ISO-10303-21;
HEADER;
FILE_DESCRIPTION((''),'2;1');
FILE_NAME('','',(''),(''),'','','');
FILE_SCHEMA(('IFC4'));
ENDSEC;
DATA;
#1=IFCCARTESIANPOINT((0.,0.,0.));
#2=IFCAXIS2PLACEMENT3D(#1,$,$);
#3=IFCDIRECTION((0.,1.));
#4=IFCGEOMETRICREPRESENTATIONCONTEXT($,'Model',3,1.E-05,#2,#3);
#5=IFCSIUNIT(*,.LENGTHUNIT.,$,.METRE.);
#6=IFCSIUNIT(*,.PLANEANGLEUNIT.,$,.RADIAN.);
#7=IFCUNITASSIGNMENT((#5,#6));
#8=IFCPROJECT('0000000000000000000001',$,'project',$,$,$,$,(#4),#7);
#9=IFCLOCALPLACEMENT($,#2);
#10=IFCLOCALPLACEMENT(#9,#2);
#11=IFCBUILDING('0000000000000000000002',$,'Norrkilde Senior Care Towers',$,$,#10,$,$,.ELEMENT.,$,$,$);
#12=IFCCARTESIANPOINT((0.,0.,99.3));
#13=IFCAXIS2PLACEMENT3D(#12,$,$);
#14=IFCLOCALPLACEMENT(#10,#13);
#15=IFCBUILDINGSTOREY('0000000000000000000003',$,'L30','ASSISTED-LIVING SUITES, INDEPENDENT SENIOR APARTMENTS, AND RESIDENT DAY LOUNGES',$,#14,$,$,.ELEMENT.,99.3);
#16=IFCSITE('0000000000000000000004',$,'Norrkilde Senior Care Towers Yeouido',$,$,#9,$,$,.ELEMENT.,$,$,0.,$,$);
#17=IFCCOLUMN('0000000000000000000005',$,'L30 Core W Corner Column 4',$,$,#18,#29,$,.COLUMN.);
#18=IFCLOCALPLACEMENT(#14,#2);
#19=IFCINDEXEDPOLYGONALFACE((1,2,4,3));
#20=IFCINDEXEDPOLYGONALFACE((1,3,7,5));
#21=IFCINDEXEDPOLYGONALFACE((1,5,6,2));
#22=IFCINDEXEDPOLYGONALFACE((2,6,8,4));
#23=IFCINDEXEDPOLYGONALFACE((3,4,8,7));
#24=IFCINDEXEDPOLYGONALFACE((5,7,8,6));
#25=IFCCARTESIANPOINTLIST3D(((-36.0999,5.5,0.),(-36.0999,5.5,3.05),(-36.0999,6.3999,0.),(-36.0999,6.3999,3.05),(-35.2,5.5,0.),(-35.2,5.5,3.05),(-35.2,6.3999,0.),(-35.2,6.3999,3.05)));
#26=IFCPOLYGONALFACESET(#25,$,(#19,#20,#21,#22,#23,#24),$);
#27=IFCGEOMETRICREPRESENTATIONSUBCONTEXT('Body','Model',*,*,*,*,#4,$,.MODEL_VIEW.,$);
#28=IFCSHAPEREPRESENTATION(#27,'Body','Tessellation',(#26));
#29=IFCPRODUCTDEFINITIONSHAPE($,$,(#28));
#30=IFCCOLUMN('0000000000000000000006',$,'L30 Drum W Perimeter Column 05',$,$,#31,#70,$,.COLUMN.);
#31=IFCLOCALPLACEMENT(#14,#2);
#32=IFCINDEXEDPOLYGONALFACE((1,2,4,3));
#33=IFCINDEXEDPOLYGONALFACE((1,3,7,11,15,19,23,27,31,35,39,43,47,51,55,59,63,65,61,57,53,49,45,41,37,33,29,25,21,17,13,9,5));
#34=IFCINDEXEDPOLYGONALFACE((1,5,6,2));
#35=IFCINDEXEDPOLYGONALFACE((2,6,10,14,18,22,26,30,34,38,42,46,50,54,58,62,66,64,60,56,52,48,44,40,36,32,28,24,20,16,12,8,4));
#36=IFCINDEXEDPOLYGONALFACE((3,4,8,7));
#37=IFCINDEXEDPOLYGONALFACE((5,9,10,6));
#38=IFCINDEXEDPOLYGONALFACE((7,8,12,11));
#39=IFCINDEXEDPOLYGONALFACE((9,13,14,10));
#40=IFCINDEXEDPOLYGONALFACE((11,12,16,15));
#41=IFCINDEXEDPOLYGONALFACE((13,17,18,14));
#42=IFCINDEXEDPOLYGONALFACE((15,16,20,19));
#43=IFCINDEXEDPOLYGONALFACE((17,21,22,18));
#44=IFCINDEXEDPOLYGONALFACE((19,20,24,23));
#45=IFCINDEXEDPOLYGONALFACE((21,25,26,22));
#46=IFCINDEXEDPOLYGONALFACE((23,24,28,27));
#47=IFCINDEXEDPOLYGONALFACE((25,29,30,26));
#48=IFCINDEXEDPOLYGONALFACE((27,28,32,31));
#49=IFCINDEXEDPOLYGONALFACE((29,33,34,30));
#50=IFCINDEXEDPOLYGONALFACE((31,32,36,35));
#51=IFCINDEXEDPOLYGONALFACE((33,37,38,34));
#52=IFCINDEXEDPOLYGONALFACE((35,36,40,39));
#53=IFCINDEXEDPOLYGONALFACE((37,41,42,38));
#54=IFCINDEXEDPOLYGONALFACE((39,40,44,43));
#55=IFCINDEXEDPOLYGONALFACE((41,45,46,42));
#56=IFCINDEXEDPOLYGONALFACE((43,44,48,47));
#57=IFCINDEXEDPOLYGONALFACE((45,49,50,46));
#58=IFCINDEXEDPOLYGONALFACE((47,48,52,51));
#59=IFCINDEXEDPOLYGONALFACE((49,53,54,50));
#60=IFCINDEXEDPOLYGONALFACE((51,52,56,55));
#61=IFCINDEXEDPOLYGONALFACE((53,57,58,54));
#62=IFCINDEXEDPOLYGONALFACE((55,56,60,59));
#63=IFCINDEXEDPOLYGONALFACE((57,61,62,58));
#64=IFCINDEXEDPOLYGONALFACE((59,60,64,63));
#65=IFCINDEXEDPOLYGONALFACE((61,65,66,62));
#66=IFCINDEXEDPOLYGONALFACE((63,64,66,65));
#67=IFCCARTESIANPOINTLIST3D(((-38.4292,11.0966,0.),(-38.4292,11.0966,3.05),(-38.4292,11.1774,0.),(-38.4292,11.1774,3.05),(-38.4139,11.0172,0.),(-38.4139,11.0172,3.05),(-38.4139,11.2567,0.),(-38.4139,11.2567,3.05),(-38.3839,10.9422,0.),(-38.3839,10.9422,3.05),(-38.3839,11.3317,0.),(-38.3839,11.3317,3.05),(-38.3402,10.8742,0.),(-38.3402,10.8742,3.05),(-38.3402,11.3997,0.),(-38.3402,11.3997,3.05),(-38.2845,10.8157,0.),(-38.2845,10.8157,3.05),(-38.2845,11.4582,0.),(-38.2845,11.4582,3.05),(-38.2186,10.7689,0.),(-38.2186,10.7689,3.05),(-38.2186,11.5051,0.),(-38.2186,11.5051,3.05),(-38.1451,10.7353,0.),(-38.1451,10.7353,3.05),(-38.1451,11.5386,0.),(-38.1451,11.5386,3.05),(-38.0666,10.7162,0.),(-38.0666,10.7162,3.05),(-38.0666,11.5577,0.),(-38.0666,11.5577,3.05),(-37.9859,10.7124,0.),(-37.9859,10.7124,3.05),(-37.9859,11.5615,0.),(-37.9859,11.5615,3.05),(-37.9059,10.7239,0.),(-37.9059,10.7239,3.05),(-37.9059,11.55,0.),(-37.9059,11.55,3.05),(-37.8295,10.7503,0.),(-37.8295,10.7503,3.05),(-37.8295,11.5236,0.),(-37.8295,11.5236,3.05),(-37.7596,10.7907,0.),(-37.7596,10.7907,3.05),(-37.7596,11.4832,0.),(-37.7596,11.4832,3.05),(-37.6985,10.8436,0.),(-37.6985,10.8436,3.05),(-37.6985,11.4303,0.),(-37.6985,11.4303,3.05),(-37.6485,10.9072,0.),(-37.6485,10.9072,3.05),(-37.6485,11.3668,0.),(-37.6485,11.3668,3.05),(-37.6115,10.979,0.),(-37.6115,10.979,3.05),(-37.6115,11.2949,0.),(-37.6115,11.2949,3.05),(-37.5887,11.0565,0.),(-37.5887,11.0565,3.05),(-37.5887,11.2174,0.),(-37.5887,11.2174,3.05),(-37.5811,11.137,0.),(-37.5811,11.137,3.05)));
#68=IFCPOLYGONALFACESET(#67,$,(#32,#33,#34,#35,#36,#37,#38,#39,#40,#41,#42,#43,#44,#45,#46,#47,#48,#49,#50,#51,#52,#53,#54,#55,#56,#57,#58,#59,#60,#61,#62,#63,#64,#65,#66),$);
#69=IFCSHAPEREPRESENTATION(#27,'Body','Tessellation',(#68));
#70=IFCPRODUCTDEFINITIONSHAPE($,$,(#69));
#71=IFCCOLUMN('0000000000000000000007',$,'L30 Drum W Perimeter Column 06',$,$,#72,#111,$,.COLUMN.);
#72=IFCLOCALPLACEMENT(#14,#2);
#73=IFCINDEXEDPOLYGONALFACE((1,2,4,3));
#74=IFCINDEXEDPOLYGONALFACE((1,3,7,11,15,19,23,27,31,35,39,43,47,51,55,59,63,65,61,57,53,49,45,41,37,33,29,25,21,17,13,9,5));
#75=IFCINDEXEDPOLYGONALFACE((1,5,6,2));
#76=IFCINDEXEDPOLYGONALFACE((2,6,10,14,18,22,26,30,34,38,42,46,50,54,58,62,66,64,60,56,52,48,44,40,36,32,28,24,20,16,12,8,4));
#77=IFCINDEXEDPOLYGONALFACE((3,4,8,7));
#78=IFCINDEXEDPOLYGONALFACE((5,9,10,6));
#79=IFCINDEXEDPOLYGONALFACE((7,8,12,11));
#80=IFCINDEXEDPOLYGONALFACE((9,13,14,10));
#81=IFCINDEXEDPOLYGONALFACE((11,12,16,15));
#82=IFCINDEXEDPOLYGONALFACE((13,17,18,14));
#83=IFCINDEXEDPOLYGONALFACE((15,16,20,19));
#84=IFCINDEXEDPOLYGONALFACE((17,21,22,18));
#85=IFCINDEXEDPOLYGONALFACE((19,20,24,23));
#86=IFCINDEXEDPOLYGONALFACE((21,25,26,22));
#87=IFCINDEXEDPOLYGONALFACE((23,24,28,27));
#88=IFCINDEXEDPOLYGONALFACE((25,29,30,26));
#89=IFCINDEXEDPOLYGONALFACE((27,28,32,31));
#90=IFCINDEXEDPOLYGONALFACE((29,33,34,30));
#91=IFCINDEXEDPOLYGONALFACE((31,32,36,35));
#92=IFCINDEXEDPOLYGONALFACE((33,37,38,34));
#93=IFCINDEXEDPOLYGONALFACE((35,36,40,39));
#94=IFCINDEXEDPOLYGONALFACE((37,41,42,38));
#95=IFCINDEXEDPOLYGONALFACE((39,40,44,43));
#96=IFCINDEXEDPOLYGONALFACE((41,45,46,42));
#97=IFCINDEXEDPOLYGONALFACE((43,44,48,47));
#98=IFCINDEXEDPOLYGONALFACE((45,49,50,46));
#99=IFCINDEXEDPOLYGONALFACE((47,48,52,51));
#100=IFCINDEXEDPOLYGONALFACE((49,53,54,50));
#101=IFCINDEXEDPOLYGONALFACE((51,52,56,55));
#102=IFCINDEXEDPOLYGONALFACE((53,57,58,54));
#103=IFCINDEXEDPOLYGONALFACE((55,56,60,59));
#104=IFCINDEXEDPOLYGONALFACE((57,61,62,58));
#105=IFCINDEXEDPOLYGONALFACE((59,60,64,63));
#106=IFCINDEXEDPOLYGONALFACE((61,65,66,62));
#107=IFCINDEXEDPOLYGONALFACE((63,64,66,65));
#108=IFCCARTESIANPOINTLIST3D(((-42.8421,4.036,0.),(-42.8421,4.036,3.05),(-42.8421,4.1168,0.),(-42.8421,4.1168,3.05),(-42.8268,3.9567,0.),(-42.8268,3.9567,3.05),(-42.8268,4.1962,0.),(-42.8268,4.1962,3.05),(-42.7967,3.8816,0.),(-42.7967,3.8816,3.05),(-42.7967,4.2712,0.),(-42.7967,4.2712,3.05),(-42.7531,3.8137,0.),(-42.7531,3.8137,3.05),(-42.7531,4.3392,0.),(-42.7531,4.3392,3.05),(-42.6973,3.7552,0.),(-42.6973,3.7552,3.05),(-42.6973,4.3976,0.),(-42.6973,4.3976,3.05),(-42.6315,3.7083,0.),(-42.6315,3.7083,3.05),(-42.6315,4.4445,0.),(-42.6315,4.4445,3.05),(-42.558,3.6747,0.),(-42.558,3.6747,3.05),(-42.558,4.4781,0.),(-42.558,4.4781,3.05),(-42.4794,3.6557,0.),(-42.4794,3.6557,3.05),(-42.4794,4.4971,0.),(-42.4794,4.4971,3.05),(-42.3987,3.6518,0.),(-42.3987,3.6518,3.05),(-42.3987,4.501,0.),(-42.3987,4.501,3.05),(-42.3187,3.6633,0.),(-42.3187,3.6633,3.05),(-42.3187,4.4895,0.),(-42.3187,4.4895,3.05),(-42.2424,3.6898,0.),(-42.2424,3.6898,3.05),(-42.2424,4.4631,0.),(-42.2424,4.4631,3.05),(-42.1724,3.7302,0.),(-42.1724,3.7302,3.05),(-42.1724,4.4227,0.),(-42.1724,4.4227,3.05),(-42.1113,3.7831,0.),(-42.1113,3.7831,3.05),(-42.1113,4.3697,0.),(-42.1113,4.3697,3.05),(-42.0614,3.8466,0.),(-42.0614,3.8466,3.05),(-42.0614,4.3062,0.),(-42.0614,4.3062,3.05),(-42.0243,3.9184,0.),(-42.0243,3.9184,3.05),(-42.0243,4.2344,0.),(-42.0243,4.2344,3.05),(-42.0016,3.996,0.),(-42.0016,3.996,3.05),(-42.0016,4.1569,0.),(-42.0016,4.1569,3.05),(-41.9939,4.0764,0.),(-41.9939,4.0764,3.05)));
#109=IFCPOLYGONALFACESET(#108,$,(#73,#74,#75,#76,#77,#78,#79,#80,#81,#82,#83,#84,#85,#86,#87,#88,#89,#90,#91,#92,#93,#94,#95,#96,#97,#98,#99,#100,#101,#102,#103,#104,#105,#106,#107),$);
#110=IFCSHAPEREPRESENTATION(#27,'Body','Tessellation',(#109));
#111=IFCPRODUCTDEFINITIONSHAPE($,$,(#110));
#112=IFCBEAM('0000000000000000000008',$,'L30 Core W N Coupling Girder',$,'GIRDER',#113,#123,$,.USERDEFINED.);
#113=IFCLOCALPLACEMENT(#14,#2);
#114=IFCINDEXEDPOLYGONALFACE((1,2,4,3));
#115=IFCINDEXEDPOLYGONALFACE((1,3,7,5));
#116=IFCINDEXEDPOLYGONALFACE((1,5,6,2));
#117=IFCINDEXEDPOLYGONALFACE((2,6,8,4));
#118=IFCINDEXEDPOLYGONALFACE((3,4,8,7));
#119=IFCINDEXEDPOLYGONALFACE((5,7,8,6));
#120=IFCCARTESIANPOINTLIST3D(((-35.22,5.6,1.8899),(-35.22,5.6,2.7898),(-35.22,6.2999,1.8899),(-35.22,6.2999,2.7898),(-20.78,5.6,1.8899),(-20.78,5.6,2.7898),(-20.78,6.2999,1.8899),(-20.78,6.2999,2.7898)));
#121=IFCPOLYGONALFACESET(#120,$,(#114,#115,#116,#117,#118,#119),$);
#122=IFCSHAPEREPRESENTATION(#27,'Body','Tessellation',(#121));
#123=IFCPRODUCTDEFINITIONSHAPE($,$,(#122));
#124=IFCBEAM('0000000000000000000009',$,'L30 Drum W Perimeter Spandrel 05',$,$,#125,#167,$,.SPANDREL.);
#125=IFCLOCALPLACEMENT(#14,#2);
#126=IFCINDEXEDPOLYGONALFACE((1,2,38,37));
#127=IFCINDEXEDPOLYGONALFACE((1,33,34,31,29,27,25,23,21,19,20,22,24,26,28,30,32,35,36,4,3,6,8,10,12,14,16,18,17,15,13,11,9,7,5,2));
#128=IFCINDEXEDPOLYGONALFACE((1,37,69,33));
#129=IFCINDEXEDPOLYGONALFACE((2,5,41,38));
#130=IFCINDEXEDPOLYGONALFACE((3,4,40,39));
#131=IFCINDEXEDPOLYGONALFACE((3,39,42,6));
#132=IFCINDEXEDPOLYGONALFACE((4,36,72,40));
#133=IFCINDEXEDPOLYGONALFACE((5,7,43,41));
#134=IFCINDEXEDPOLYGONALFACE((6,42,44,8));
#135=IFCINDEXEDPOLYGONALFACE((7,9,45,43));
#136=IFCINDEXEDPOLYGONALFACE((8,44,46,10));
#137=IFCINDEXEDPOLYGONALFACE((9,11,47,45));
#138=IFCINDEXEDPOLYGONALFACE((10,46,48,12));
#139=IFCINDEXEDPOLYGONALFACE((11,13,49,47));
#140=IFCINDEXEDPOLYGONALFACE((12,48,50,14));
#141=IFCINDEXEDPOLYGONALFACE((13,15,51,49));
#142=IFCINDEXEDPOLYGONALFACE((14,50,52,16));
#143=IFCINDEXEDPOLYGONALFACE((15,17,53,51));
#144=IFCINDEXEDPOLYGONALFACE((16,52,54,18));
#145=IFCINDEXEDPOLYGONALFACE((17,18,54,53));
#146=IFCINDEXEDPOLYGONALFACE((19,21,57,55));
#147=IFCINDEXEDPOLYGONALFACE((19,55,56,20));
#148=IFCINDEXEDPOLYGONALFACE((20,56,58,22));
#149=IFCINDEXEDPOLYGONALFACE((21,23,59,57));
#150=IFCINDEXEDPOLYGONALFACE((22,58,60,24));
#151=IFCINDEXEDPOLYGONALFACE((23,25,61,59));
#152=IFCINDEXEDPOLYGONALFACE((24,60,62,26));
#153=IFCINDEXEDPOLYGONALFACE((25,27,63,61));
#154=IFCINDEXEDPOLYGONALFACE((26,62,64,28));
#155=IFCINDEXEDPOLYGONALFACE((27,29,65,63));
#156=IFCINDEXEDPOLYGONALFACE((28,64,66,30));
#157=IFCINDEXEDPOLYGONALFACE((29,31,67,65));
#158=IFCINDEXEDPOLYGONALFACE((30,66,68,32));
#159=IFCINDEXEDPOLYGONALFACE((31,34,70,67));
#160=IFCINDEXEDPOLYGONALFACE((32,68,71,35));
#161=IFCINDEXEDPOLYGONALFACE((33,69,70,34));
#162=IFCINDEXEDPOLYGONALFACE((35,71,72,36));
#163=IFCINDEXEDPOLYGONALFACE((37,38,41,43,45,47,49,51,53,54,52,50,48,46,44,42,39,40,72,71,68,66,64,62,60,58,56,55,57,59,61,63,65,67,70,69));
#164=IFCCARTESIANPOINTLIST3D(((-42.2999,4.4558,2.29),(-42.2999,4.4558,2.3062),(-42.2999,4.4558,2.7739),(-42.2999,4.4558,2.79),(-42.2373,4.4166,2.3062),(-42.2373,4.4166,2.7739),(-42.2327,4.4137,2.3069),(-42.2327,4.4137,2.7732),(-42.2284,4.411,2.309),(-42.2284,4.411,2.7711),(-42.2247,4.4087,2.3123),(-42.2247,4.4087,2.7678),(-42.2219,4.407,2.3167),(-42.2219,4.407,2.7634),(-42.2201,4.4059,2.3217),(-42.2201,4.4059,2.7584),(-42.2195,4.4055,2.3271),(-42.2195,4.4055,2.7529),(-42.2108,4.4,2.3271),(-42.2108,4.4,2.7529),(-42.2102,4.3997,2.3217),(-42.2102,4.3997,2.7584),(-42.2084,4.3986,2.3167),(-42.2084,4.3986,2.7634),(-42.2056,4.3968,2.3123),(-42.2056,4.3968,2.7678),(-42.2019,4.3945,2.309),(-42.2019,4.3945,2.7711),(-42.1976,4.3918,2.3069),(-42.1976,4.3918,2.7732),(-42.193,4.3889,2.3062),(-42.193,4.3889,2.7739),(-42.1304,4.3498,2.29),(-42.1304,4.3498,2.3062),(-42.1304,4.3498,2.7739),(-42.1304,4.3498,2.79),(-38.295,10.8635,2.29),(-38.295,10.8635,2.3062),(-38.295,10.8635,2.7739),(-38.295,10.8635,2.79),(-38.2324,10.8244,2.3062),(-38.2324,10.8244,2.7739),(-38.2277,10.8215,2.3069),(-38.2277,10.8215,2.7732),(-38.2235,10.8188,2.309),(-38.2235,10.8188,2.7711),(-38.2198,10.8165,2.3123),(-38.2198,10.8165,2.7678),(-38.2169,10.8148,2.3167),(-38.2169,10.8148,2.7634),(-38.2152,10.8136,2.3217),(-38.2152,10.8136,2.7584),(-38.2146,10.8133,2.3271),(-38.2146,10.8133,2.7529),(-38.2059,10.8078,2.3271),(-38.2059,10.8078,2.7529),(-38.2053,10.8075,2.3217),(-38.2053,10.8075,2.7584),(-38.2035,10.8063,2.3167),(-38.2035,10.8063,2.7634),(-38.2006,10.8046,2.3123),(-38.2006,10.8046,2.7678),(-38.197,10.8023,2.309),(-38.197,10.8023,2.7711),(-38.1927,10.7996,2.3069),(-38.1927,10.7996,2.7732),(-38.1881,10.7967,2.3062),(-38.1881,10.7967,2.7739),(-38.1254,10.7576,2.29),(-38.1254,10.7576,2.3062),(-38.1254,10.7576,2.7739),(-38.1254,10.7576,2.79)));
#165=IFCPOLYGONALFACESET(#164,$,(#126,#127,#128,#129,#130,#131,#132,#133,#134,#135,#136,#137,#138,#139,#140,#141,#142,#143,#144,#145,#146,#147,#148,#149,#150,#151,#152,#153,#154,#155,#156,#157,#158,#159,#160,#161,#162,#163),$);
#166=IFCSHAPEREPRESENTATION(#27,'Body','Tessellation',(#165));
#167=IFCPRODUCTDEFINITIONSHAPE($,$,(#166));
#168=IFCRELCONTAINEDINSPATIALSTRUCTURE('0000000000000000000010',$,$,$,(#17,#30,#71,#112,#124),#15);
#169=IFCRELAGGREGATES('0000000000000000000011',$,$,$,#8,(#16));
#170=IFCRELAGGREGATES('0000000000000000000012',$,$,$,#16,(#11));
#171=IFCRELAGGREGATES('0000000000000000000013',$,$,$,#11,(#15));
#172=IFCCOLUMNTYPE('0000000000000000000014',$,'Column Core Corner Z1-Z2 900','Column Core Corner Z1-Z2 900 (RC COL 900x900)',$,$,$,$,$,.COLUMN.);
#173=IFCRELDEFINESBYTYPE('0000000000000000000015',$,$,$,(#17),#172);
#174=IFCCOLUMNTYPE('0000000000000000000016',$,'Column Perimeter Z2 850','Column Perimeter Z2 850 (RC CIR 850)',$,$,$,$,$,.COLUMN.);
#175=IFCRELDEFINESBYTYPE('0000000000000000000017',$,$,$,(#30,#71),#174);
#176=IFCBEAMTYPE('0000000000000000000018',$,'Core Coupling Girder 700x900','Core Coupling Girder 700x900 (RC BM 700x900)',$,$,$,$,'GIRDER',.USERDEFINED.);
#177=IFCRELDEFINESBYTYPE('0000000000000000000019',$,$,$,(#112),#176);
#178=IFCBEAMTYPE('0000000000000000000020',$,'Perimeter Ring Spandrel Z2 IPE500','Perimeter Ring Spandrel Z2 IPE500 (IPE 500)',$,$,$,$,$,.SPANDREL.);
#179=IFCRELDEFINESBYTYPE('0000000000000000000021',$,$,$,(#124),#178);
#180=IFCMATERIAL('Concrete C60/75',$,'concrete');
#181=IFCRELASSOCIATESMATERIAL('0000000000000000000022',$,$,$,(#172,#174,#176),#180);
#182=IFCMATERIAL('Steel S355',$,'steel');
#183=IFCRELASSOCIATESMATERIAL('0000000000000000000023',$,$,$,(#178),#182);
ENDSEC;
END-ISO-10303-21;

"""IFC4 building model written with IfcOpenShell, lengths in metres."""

from ifc_helpers import new_model, si_unit, direction, frame, origin, origin_2d, place, context, subcontext, project, spatial, rectangle, circle, i_section, extrude, source, transform, mapped, material, material_profile, profile_set, type_object, type_shapes, element, save


model = new_model("IFC4")

# Units and contexts
model_context = context("Model", 3, precision=1e-05, world=origin(), true_north=direction((0.0, 1.0)))
body_context = subcontext(model_context, "Body", "Model", "MODEL_VIEW")
ifc_project = project(units=[si_unit("LENGTHUNIT", "METRE"), si_unit("PLANEANGLEUNIT", "RADIAN")], contexts=[model_context])

# Site, building, storey
site_placement = place(None, origin())
site = spatial("IfcSite", under=ifc_project, at=site_placement, Name="Norrkilde Senior Care Towers Yeouido", CompositionType="ELEMENT", RefElevation=0.0)
building_placement = place(site_placement, origin())
building = spatial("IfcBuilding", under=site, at=building_placement, Name="Norrkilde Senior Care Towers", CompositionType="ELEMENT")
storey_placement = place(building_placement, frame((0.0, 0.0, 99.3)))
storey = spatial("IfcBuildingStorey", under=building, at=storey_placement, Name="L30", Description="ASSISTED-LIVING SUITES, INDEPENDENT SENIOR APARTMENTS, AND RESIDENT DAY LOUNGES", CompositionType="ELEMENT", Elevation=99.3)

# Columns
ifc_material_1 = material(Name="Concrete C60/75", Category="concrete")
ifc_material_profile_1 = material_profile(ifc_material_1, rectangle(XDim=0.8999, YDim=0.8999, at=origin_2d()), Name="RC COL 900x900")
ifc_profile_set_1 = profile_set([ifc_material_profile_1], Name="Concrete C60/75")
column_type_1 = type_object("IfcColumnType", Name="Column Core Corner Z1-Z2 900", Description="Column Core Corner Z1-Z2 900 (RC COL 900x900)", PredefinedType="COLUMN", material=ifc_profile_set_1)
shared_shape_1 = source(origin(), body_context, "Body", "SweptSolid", [
    extrude(rectangle(XDim=0.8999, YDim=0.8999, at=origin_2d()), origin(), (0.0, 0.0, 1.0), 3.05),
])
type_shapes(column_type_1, [shared_shape_1])
column_placement = place(storey_placement, frame((-35.6499, 5.95, 0.0), z_axis=(0.0, 0.0, 1.0), x_axis=(1.0, 0.0, 0.0)))
element("IfcColumn", 1, at=column_placement, inside=storey, type_object=column_type_1, Name="L30 Core W Corner Column 4", PredefinedType="COLUMN", context=body_context, shape_type="MappedRepresentation", body=[
    mapped(shared_shape_1, transform((0.0, 0.0, 0.0), x_axis=(1.0, 0.0, 0.0), y_axis=(0.0, 1.0, 0.0), z_axis=(0.0, 0.0, 1.0), scale=1.0)),
])
ifc_material_profile_2 = material_profile(ifc_material_1, circle(Radius=0.425, at=origin_2d()), Name="RC CIR 850")
ifc_profile_set_2 = profile_set([ifc_material_profile_2], Name="Concrete C60/75")
column_type_2 = type_object("IfcColumnType", Name="Column Perimeter Z2 850", Description="Column Perimeter Z2 850 (RC CIR 850)", PredefinedType="COLUMN", material=ifc_profile_set_2)
shared_shape_2 = source(origin(), body_context, "Body", "SweptSolid", [
    extrude(circle(Radius=0.425, at=origin_2d()), origin(), (0.0, 0.0, 1.0), 3.05),
])
type_shapes(column_type_2, [shared_shape_2])
for number, where, z_axis, x_axis, name in (
    (2, (-38.0061, 11.137, 0.0), (0.0, 0.0, 1.0), (1.0, 0.0, 0.0), "L30 Drum W Perimeter Column 05"),
    (3, (-42.4189, 4.0764, 0.0), (0.0, 0.0, 1.0), (1.0, 0.0, 0.0), "L30 Drum W Perimeter Column 06"),
):
    element("IfcColumn", number, at=place(storey_placement, frame(where, z_axis=z_axis, x_axis=x_axis)), inside=storey, type_object=column_type_2, Name=name, PredefinedType="COLUMN", context=body_context, shape_type="MappedRepresentation", body=[
        mapped(shared_shape_2, transform((0.0, 0.0, 0.0), x_axis=(1.0, 0.0, 0.0), y_axis=(0.0, 1.0, 0.0), z_axis=(0.0, 0.0, 1.0), scale=1.0)),
    ])

# Beams
ifc_material_profile_3 = material_profile(ifc_material_1, rectangle(XDim=0.7, YDim=0.8999, at=origin_2d()), Name="RC BM 700x900")
ifc_profile_set_3 = profile_set([ifc_material_profile_3], Name="Concrete C60/75")
beam_type_1 = type_object("IfcBeamType", Name="Core Coupling Girder 700x900", Description="Core Coupling Girder 700x900 (RC BM 700x900)", ElementType="GIRDER", PredefinedType="USERDEFINED", material=ifc_profile_set_3)
shared_shape_3 = source(origin(), body_context, "Body", "SweptSolid", [
    extrude(rectangle(XDim=0.7, YDim=0.8999, at=origin_2d()), origin(), (0.0, 0.0, 1.0), 14.4399),
])
type_shapes(beam_type_1, [shared_shape_3])
beam_1_placement = place(storey_placement, frame((-35.22, 5.95, 2.3398), z_axis=(1.0, 0.0, 0.0), x_axis=(0.0, 1.0, 0.0)))
element("IfcBeam", 4, at=beam_1_placement, inside=storey, type_object=beam_type_1, Name="L30 Core W N Coupling Girder", ObjectType="GIRDER", PredefinedType="USERDEFINED", context=body_context, shape_type="MappedRepresentation", body=[
    mapped(shared_shape_3, transform((0.0, 0.0, 0.0), x_axis=(1.0, 0.0, 0.0), y_axis=(0.0, 1.0, 0.0), z_axis=(0.0, 0.0, 1.0), scale=1.0)),
])
ifc_material_2 = material(Name="Steel S355", Category="steel")
ifc_material_profile_4 = material_profile(ifc_material_2, i_section(OverallWidth=0.2, OverallDepth=0.5, WebThickness=0.0103, FlangeThickness=0.0161, FilletRadius=0.021, at=origin_2d()), Name="IPE 500")
ifc_profile_set_4 = profile_set([ifc_material_profile_4], Name="Steel S355")
beam_type_2 = type_object("IfcBeamType", Name="Perimeter Ring Spandrel Z2 IPE500", Description="Perimeter Ring Spandrel Z2 IPE500 (IPE 500)", PredefinedType="SPANDREL", material=ifc_profile_set_4)
shared_shape_4 = source(origin(), body_context, "Body", "SweptSolid", [
    extrude(i_section(OverallWidth=0.2, OverallDepth=0.5, WebThickness=0.0103, FlangeThickness=0.0161, FilletRadius=0.021, at=origin_2d()), origin(), (0.0, 0.0, 1.0), 7.5564),
])
beam_2_placement = place(storey_placement, frame((-38.2102, 10.8105, 2.54), z_axis=(-0.530005, -0.847995, 0.0), x_axis=(0.847995, -0.530005, 0.0)))
element("IfcBeam", 5, at=beam_2_placement, inside=storey, type_object=beam_type_2, Name="L30 Drum W Perimeter Spandrel 05", PredefinedType="SPANDREL", context=body_context, shape_type="MappedRepresentation", body=[
    mapped(shared_shape_4, transform((0.0, 0.0, 0.0), x_axis=(1.0, 0.0, 0.0), y_axis=(0.0, 1.0, 0.0), z_axis=(0.0, 0.0, 1.0), scale=1.0)),
])

save(model, "model.ifc")
